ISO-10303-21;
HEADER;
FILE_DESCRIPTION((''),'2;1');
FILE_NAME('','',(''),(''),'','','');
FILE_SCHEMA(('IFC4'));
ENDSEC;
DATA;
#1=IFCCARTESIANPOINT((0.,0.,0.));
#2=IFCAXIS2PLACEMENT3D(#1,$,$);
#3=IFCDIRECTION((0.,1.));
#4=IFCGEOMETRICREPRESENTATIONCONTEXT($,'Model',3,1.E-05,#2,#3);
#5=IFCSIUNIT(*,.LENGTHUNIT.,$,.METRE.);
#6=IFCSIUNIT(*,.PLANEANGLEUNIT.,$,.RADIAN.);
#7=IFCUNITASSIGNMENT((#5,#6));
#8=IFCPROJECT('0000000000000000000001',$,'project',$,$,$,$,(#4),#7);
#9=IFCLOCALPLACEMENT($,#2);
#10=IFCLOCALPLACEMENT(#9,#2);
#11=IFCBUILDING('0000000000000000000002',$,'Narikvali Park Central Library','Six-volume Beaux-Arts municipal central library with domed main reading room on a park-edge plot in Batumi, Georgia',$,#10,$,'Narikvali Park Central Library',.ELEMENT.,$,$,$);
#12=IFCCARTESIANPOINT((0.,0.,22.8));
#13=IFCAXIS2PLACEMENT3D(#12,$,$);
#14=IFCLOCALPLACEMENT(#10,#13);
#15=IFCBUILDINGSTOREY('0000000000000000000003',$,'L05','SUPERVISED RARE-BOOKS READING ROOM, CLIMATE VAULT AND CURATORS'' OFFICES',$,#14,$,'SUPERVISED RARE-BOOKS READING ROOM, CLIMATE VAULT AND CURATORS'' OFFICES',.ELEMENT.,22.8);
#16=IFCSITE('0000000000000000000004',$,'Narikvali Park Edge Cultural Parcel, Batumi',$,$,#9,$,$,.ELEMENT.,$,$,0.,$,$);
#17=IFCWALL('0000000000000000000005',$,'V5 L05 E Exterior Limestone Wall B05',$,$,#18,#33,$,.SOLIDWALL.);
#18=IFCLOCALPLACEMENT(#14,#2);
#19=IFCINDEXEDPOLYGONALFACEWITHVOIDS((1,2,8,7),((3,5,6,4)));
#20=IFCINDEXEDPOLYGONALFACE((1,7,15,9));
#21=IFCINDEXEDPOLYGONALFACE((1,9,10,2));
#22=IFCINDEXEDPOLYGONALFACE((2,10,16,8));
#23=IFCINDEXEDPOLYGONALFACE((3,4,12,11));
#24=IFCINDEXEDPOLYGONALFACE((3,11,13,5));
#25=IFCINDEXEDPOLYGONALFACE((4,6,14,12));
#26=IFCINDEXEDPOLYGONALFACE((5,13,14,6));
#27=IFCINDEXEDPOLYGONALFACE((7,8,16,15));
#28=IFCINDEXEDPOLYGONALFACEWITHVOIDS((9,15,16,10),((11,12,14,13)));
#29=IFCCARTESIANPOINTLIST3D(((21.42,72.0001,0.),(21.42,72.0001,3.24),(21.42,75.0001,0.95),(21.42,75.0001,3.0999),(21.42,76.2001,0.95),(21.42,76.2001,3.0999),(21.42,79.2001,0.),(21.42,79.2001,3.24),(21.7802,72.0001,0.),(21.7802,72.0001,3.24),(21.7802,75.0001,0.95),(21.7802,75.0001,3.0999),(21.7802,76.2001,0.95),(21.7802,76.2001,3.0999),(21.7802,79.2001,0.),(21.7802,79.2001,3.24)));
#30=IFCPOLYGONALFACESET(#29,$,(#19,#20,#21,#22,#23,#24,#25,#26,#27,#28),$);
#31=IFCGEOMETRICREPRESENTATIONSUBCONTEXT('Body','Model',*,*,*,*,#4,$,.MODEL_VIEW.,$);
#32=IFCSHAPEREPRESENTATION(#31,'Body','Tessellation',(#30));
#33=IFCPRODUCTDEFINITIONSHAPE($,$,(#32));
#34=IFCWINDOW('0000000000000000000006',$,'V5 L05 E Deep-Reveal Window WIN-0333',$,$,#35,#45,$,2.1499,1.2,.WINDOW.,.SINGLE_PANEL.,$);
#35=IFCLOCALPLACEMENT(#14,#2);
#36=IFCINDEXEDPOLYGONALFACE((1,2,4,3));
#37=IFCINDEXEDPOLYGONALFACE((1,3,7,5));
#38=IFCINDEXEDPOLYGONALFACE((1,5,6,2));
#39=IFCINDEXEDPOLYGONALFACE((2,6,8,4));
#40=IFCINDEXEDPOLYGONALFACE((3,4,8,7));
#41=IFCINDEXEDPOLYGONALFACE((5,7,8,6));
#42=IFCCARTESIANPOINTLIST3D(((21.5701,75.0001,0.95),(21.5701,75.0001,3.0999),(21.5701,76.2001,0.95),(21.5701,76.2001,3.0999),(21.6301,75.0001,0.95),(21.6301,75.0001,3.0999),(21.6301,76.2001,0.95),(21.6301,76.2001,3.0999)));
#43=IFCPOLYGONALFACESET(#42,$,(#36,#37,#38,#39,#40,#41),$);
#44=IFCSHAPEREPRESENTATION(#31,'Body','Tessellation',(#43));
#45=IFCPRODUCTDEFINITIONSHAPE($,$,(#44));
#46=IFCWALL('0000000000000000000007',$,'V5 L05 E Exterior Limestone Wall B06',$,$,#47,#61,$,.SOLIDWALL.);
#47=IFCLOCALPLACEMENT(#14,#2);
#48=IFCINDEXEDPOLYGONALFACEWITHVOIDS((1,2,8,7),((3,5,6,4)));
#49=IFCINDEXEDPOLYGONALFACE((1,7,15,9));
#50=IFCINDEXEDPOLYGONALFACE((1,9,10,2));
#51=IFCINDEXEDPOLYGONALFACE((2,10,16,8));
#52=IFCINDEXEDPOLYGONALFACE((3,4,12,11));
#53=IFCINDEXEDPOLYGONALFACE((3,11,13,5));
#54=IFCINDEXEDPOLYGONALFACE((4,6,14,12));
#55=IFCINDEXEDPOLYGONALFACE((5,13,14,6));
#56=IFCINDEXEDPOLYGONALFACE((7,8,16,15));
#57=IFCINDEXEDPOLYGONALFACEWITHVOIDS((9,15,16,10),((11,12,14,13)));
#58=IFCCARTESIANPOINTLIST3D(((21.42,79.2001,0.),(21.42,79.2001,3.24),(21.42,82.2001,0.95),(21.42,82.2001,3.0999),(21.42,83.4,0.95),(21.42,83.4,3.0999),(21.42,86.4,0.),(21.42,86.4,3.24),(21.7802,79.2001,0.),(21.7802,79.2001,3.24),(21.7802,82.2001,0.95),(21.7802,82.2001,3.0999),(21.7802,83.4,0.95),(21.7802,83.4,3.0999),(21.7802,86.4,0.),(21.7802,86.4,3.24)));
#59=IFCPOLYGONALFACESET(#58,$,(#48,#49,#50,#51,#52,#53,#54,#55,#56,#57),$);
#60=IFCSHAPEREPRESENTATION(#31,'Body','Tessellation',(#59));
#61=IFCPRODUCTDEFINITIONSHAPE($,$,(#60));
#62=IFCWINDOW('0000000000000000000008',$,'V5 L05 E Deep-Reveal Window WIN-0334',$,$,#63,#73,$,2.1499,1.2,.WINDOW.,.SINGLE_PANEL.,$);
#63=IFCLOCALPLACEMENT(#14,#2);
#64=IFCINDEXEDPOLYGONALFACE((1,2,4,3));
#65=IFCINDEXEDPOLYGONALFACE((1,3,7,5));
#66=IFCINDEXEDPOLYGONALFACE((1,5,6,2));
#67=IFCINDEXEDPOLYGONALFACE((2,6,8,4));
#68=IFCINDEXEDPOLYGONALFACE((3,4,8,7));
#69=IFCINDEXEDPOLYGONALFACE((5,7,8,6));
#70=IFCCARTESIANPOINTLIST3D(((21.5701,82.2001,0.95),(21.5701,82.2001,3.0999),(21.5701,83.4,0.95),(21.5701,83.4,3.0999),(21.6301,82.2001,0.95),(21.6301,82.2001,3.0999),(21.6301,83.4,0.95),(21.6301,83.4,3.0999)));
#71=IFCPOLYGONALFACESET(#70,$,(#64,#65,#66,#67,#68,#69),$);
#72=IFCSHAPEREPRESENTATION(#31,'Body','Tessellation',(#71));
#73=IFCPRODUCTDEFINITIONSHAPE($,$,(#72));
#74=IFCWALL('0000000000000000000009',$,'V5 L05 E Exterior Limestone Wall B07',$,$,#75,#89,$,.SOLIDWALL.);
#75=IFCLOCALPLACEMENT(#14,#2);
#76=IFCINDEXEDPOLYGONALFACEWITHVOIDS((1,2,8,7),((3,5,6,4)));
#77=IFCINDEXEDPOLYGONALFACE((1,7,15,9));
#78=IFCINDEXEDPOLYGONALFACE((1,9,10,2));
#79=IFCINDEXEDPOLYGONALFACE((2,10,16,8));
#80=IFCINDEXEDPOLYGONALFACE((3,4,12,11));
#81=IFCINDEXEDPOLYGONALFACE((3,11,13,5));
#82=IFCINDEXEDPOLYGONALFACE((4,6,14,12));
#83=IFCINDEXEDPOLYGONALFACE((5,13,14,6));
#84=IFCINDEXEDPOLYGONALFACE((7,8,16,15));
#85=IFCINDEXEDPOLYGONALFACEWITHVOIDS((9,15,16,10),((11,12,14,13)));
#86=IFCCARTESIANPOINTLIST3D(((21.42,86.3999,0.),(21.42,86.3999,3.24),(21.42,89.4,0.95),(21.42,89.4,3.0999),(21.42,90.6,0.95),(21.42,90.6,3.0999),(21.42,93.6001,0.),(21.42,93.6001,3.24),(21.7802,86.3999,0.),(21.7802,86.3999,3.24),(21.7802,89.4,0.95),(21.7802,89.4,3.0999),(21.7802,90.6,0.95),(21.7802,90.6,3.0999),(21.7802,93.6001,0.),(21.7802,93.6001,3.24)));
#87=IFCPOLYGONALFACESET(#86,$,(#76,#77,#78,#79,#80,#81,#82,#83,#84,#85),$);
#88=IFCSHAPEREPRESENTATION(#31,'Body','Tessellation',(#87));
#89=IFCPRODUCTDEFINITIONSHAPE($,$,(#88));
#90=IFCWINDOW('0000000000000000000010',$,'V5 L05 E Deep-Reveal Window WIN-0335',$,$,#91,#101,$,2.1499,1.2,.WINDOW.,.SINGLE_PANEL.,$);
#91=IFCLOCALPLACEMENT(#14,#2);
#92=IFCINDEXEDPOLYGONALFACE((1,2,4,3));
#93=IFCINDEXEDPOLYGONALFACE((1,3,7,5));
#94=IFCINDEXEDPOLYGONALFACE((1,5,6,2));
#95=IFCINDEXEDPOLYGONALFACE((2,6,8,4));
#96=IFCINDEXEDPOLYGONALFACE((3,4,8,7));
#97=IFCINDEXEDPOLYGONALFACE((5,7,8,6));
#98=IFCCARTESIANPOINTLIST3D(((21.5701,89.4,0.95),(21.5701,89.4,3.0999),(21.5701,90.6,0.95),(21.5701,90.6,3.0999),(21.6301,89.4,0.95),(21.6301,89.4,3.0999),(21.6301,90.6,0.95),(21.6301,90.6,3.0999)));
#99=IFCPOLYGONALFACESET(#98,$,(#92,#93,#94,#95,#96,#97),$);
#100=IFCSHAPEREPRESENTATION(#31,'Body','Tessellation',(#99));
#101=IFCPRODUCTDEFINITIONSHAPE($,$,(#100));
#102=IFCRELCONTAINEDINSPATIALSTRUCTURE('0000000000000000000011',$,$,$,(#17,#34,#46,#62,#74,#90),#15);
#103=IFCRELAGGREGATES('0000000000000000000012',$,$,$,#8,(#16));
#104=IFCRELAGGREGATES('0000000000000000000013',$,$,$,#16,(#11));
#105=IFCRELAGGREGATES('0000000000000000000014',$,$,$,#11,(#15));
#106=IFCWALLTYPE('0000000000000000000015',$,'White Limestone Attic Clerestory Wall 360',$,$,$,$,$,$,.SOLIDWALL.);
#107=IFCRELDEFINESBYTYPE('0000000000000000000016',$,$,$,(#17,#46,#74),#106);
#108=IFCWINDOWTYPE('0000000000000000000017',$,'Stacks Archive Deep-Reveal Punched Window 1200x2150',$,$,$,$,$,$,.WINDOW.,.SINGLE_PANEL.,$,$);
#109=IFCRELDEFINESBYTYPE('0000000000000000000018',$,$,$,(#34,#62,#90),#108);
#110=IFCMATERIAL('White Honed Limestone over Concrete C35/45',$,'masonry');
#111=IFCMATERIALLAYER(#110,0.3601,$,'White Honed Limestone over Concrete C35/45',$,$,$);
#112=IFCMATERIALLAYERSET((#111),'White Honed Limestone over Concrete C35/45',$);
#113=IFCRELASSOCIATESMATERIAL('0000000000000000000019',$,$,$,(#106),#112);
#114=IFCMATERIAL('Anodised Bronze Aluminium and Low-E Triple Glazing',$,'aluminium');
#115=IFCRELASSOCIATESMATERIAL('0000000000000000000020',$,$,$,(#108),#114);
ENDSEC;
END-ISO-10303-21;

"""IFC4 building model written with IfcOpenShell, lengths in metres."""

from ifc_helpers import new_model, si_unit, direction, frame, frame_2d, origin, place, context, subcontext, project, spatial, rectangle, extrude, material, layer, layer_set, type_object, element, fill, save


model = new_model("IFC4")

# Units and contexts
model_context = context("Model", 3, precision=1e-05, world=origin(), true_north=direction((0.0, 1.0)))
body_context = subcontext(model_context, "Body", "Model", "MODEL_VIEW")
ifc_project = project(units=[si_unit("LENGTHUNIT", "METRE"), si_unit("PLANEANGLEUNIT", "RADIAN")], contexts=[model_context])

# Site, building, storey
site_placement = place(None, origin())
site = spatial("IfcSite", under=ifc_project, at=site_placement, Name="Narikvali Park Edge Cultural Parcel, Batumi", CompositionType="ELEMENT", RefElevation=0.0)
building_placement = place(site_placement, origin())
building = spatial("IfcBuilding", under=site, at=building_placement, Name="Narikvali Park Central Library", Description="Six-volume Beaux-Arts municipal central library with domed main reading room on a park-edge plot in Batumi, Georgia", LongName="Narikvali Park Central Library", CompositionType="ELEMENT")
storey_placement = place(building_placement, frame((0.0, 0.0, 22.8)))
storey = spatial("IfcBuildingStorey", under=building, at=storey_placement, Name="L05", Description="SUPERVISED RARE-BOOKS READING ROOM, CLIMATE VAULT AND CURATORS' OFFICES", LongName="SUPERVISED RARE-BOOKS READING ROOM, CLIMATE VAULT AND CURATORS' OFFICES", CompositionType="ELEMENT", Elevation=22.8)

# Walls, openings, windows
ifc_material_1 = material(Name="White Honed Limestone over Concrete C35/45", Category="masonry")
ifc_layer_1 = layer(ifc_material_1, 0.3601, Name="White Honed Limestone over Concrete C35/45")
ifc_layer_set_1 = layer_set([ifc_layer_1], Name="White Honed Limestone over Concrete C35/45")
wall_type_1 = type_object("IfcWallType", Name="White Limestone Attic Clerestory Wall 360", PredefinedType="SOLIDWALL", material=ifc_layer_set_1)
wall_1_placement = place(storey_placement, frame((21.6001, 72.0, 0.0), z_axis=(0.0, 0.0, 1.0), x_axis=(0.0, 1.0, 0.0)))
wall_1 = element("IfcWall", 1, at=wall_1_placement, inside=storey, type_object=wall_type_1, Name="V5 L05 E Exterior Limestone Wall B05", PredefinedType="SOLIDWALL", context=body_context, shape_type="SweptSolid", body=[
    extrude(rectangle(XDim=7.2, YDim=0.3601, at=frame_2d((3.6001, 0.0))), origin(), (0.0, 0.0, 1.0), 3.24),
])
opening_1_placement = place(wall_1_placement, frame((3.0, 0.0, 0.95)))
opening_1 = element("IfcOpeningElement", 2, at=opening_1_placement, cuts=wall_1, PredefinedType="OPENING", context=body_context, shape_type="SweptSolid", body=[
    extrude(rectangle(XDim=1.2, YDim=2.1499, at=frame_2d((0.6001, 1.075))), frame((0.0, 0.1919, 0.0), z_axis=(0.0, -1.0, 0.0), x_axis=(1.0, 0.0, 0.0)), (0.0, 0.0, 1.0), 0.384),
])
ifc_material_2 = material(Name="Anodised Bronze Aluminium and Low-E Triple Glazing", Category="aluminium")
window_type = type_object("IfcWindowType", Name="Stacks Archive Deep-Reveal Punched Window 1200x2150", PartitioningType="SINGLE_PANEL", PredefinedType="WINDOW", material=ifc_material_2)
window_1_placement = place(opening_1_placement, origin())
window_1 = element("IfcWindow", 3, at=window_1_placement, inside=storey, type_object=window_type, Name="V5 L05 E Deep-Reveal Window WIN-0333", OverallHeight=2.1499, OverallWidth=1.2, PartitioningType="SINGLE_PANEL", PredefinedType="WINDOW", context=body_context, shape_type="SweptSolid", body=[
    extrude(rectangle(XDim=1.2, YDim=2.1499, at=frame_2d((0.6001, 1.075))), frame((0.0, 0.03, 0.0), z_axis=(0.0, -1.0, 0.0), x_axis=(1.0, 0.0, 0.0)), (0.0, 0.0, 1.0), 0.0601),
])
fill(opening_1, window_1)
wall_2_placement = place(storey_placement, frame((21.6001, 79.2, 0.0), z_axis=(0.0, 0.0, 1.0), x_axis=(0.0, 1.0, 0.0)))
wall_2 = element("IfcWall", 4, at=wall_2_placement, inside=storey, type_object=wall_type_1, Name="V5 L05 E Exterior Limestone Wall B06", PredefinedType="SOLIDWALL", context=body_context, shape_type="SweptSolid", body=[
    extrude(rectangle(XDim=7.2, YDim=0.3601, at=frame_2d((3.6001, 0.0))), origin(), (0.0, 0.0, 1.0), 3.24),
])
opening_2_placement = place(wall_2_placement, frame((3.0, 0.0, 0.95)))
opening_2 = element("IfcOpeningElement", 5, at=opening_2_placement, cuts=wall_2, PredefinedType="OPENING", context=body_context, shape_type="SweptSolid", body=[
    extrude(rectangle(XDim=1.2, YDim=2.1499, at=frame_2d((0.6001, 1.075))), frame((0.0, 0.1919, 0.0), z_axis=(0.0, -1.0, 0.0), x_axis=(1.0, 0.0, 0.0)), (0.0, 0.0, 1.0), 0.384),
])
window_2_placement = place(opening_2_placement, origin())
window_2 = element("IfcWindow", 6, at=window_2_placement, inside=storey, type_object=window_type, Name="V5 L05 E Deep-Reveal Window WIN-0334", OverallHeight=2.1499, OverallWidth=1.2, PartitioningType="SINGLE_PANEL", PredefinedType="WINDOW", context=body_context, shape_type="SweptSolid", body=[
    extrude(rectangle(XDim=1.2, YDim=2.1499, at=frame_2d((0.6001, 1.075))), frame((0.0, 0.03, 0.0), z_axis=(0.0, -1.0, 0.0), x_axis=(1.0, 0.0, 0.0)), (0.0, 0.0, 1.0), 0.0601),
])
fill(opening_2, window_2)
wall_3_placement = place(storey_placement, frame((21.6001, 86.3999, 0.0), z_axis=(0.0, 0.0, 1.0), x_axis=(0.0, 1.0, 0.0)))
wall_3 = element("IfcWall", 7, at=wall_3_placement, inside=storey, type_object=wall_type_1, Name="V5 L05 E Exterior Limestone Wall B07", PredefinedType="SOLIDWALL", context=body_context, shape_type="SweptSolid", body=[
    extrude(rectangle(XDim=7.2002, YDim=0.3601, at=frame_2d((3.6001, 0.0))), origin(), (0.0, 0.0, 1.0), 3.24),
])
opening_3_placement = place(wall_3_placement, frame((3.0, 0.0, 0.95)))
opening_3 = element("IfcOpeningElement", 8, at=opening_3_placement, cuts=wall_3, PredefinedType="OPENING", context=body_context, shape_type="SweptSolid", body=[
    extrude(rectangle(XDim=1.2, YDim=2.1499, at=frame_2d((0.6001, 1.075))), frame((0.0, 0.1919, 0.0), z_axis=(0.0, -1.0, 0.0), x_axis=(1.0, 0.0, 0.0)), (0.0, 0.0, 1.0), 0.384),
])
window_3_placement = place(opening_3_placement, origin())
window_3 = element("IfcWindow", 9, at=window_3_placement, inside=storey, type_object=window_type, Name="V5 L05 E Deep-Reveal Window WIN-0335", OverallHeight=2.1499, OverallWidth=1.2, PartitioningType="SINGLE_PANEL", PredefinedType="WINDOW", context=body_context, shape_type="SweptSolid", body=[
    extrude(rectangle(XDim=1.2, YDim=2.1499, at=frame_2d((0.6001, 1.075))), frame((0.0, 0.03, 0.0), z_axis=(0.0, -1.0, 0.0), x_axis=(1.0, 0.0, 0.0)), (0.0, 0.0, 1.0), 0.0601),
])
fill(opening_3, window_3)

save(model, "model.ifc")
